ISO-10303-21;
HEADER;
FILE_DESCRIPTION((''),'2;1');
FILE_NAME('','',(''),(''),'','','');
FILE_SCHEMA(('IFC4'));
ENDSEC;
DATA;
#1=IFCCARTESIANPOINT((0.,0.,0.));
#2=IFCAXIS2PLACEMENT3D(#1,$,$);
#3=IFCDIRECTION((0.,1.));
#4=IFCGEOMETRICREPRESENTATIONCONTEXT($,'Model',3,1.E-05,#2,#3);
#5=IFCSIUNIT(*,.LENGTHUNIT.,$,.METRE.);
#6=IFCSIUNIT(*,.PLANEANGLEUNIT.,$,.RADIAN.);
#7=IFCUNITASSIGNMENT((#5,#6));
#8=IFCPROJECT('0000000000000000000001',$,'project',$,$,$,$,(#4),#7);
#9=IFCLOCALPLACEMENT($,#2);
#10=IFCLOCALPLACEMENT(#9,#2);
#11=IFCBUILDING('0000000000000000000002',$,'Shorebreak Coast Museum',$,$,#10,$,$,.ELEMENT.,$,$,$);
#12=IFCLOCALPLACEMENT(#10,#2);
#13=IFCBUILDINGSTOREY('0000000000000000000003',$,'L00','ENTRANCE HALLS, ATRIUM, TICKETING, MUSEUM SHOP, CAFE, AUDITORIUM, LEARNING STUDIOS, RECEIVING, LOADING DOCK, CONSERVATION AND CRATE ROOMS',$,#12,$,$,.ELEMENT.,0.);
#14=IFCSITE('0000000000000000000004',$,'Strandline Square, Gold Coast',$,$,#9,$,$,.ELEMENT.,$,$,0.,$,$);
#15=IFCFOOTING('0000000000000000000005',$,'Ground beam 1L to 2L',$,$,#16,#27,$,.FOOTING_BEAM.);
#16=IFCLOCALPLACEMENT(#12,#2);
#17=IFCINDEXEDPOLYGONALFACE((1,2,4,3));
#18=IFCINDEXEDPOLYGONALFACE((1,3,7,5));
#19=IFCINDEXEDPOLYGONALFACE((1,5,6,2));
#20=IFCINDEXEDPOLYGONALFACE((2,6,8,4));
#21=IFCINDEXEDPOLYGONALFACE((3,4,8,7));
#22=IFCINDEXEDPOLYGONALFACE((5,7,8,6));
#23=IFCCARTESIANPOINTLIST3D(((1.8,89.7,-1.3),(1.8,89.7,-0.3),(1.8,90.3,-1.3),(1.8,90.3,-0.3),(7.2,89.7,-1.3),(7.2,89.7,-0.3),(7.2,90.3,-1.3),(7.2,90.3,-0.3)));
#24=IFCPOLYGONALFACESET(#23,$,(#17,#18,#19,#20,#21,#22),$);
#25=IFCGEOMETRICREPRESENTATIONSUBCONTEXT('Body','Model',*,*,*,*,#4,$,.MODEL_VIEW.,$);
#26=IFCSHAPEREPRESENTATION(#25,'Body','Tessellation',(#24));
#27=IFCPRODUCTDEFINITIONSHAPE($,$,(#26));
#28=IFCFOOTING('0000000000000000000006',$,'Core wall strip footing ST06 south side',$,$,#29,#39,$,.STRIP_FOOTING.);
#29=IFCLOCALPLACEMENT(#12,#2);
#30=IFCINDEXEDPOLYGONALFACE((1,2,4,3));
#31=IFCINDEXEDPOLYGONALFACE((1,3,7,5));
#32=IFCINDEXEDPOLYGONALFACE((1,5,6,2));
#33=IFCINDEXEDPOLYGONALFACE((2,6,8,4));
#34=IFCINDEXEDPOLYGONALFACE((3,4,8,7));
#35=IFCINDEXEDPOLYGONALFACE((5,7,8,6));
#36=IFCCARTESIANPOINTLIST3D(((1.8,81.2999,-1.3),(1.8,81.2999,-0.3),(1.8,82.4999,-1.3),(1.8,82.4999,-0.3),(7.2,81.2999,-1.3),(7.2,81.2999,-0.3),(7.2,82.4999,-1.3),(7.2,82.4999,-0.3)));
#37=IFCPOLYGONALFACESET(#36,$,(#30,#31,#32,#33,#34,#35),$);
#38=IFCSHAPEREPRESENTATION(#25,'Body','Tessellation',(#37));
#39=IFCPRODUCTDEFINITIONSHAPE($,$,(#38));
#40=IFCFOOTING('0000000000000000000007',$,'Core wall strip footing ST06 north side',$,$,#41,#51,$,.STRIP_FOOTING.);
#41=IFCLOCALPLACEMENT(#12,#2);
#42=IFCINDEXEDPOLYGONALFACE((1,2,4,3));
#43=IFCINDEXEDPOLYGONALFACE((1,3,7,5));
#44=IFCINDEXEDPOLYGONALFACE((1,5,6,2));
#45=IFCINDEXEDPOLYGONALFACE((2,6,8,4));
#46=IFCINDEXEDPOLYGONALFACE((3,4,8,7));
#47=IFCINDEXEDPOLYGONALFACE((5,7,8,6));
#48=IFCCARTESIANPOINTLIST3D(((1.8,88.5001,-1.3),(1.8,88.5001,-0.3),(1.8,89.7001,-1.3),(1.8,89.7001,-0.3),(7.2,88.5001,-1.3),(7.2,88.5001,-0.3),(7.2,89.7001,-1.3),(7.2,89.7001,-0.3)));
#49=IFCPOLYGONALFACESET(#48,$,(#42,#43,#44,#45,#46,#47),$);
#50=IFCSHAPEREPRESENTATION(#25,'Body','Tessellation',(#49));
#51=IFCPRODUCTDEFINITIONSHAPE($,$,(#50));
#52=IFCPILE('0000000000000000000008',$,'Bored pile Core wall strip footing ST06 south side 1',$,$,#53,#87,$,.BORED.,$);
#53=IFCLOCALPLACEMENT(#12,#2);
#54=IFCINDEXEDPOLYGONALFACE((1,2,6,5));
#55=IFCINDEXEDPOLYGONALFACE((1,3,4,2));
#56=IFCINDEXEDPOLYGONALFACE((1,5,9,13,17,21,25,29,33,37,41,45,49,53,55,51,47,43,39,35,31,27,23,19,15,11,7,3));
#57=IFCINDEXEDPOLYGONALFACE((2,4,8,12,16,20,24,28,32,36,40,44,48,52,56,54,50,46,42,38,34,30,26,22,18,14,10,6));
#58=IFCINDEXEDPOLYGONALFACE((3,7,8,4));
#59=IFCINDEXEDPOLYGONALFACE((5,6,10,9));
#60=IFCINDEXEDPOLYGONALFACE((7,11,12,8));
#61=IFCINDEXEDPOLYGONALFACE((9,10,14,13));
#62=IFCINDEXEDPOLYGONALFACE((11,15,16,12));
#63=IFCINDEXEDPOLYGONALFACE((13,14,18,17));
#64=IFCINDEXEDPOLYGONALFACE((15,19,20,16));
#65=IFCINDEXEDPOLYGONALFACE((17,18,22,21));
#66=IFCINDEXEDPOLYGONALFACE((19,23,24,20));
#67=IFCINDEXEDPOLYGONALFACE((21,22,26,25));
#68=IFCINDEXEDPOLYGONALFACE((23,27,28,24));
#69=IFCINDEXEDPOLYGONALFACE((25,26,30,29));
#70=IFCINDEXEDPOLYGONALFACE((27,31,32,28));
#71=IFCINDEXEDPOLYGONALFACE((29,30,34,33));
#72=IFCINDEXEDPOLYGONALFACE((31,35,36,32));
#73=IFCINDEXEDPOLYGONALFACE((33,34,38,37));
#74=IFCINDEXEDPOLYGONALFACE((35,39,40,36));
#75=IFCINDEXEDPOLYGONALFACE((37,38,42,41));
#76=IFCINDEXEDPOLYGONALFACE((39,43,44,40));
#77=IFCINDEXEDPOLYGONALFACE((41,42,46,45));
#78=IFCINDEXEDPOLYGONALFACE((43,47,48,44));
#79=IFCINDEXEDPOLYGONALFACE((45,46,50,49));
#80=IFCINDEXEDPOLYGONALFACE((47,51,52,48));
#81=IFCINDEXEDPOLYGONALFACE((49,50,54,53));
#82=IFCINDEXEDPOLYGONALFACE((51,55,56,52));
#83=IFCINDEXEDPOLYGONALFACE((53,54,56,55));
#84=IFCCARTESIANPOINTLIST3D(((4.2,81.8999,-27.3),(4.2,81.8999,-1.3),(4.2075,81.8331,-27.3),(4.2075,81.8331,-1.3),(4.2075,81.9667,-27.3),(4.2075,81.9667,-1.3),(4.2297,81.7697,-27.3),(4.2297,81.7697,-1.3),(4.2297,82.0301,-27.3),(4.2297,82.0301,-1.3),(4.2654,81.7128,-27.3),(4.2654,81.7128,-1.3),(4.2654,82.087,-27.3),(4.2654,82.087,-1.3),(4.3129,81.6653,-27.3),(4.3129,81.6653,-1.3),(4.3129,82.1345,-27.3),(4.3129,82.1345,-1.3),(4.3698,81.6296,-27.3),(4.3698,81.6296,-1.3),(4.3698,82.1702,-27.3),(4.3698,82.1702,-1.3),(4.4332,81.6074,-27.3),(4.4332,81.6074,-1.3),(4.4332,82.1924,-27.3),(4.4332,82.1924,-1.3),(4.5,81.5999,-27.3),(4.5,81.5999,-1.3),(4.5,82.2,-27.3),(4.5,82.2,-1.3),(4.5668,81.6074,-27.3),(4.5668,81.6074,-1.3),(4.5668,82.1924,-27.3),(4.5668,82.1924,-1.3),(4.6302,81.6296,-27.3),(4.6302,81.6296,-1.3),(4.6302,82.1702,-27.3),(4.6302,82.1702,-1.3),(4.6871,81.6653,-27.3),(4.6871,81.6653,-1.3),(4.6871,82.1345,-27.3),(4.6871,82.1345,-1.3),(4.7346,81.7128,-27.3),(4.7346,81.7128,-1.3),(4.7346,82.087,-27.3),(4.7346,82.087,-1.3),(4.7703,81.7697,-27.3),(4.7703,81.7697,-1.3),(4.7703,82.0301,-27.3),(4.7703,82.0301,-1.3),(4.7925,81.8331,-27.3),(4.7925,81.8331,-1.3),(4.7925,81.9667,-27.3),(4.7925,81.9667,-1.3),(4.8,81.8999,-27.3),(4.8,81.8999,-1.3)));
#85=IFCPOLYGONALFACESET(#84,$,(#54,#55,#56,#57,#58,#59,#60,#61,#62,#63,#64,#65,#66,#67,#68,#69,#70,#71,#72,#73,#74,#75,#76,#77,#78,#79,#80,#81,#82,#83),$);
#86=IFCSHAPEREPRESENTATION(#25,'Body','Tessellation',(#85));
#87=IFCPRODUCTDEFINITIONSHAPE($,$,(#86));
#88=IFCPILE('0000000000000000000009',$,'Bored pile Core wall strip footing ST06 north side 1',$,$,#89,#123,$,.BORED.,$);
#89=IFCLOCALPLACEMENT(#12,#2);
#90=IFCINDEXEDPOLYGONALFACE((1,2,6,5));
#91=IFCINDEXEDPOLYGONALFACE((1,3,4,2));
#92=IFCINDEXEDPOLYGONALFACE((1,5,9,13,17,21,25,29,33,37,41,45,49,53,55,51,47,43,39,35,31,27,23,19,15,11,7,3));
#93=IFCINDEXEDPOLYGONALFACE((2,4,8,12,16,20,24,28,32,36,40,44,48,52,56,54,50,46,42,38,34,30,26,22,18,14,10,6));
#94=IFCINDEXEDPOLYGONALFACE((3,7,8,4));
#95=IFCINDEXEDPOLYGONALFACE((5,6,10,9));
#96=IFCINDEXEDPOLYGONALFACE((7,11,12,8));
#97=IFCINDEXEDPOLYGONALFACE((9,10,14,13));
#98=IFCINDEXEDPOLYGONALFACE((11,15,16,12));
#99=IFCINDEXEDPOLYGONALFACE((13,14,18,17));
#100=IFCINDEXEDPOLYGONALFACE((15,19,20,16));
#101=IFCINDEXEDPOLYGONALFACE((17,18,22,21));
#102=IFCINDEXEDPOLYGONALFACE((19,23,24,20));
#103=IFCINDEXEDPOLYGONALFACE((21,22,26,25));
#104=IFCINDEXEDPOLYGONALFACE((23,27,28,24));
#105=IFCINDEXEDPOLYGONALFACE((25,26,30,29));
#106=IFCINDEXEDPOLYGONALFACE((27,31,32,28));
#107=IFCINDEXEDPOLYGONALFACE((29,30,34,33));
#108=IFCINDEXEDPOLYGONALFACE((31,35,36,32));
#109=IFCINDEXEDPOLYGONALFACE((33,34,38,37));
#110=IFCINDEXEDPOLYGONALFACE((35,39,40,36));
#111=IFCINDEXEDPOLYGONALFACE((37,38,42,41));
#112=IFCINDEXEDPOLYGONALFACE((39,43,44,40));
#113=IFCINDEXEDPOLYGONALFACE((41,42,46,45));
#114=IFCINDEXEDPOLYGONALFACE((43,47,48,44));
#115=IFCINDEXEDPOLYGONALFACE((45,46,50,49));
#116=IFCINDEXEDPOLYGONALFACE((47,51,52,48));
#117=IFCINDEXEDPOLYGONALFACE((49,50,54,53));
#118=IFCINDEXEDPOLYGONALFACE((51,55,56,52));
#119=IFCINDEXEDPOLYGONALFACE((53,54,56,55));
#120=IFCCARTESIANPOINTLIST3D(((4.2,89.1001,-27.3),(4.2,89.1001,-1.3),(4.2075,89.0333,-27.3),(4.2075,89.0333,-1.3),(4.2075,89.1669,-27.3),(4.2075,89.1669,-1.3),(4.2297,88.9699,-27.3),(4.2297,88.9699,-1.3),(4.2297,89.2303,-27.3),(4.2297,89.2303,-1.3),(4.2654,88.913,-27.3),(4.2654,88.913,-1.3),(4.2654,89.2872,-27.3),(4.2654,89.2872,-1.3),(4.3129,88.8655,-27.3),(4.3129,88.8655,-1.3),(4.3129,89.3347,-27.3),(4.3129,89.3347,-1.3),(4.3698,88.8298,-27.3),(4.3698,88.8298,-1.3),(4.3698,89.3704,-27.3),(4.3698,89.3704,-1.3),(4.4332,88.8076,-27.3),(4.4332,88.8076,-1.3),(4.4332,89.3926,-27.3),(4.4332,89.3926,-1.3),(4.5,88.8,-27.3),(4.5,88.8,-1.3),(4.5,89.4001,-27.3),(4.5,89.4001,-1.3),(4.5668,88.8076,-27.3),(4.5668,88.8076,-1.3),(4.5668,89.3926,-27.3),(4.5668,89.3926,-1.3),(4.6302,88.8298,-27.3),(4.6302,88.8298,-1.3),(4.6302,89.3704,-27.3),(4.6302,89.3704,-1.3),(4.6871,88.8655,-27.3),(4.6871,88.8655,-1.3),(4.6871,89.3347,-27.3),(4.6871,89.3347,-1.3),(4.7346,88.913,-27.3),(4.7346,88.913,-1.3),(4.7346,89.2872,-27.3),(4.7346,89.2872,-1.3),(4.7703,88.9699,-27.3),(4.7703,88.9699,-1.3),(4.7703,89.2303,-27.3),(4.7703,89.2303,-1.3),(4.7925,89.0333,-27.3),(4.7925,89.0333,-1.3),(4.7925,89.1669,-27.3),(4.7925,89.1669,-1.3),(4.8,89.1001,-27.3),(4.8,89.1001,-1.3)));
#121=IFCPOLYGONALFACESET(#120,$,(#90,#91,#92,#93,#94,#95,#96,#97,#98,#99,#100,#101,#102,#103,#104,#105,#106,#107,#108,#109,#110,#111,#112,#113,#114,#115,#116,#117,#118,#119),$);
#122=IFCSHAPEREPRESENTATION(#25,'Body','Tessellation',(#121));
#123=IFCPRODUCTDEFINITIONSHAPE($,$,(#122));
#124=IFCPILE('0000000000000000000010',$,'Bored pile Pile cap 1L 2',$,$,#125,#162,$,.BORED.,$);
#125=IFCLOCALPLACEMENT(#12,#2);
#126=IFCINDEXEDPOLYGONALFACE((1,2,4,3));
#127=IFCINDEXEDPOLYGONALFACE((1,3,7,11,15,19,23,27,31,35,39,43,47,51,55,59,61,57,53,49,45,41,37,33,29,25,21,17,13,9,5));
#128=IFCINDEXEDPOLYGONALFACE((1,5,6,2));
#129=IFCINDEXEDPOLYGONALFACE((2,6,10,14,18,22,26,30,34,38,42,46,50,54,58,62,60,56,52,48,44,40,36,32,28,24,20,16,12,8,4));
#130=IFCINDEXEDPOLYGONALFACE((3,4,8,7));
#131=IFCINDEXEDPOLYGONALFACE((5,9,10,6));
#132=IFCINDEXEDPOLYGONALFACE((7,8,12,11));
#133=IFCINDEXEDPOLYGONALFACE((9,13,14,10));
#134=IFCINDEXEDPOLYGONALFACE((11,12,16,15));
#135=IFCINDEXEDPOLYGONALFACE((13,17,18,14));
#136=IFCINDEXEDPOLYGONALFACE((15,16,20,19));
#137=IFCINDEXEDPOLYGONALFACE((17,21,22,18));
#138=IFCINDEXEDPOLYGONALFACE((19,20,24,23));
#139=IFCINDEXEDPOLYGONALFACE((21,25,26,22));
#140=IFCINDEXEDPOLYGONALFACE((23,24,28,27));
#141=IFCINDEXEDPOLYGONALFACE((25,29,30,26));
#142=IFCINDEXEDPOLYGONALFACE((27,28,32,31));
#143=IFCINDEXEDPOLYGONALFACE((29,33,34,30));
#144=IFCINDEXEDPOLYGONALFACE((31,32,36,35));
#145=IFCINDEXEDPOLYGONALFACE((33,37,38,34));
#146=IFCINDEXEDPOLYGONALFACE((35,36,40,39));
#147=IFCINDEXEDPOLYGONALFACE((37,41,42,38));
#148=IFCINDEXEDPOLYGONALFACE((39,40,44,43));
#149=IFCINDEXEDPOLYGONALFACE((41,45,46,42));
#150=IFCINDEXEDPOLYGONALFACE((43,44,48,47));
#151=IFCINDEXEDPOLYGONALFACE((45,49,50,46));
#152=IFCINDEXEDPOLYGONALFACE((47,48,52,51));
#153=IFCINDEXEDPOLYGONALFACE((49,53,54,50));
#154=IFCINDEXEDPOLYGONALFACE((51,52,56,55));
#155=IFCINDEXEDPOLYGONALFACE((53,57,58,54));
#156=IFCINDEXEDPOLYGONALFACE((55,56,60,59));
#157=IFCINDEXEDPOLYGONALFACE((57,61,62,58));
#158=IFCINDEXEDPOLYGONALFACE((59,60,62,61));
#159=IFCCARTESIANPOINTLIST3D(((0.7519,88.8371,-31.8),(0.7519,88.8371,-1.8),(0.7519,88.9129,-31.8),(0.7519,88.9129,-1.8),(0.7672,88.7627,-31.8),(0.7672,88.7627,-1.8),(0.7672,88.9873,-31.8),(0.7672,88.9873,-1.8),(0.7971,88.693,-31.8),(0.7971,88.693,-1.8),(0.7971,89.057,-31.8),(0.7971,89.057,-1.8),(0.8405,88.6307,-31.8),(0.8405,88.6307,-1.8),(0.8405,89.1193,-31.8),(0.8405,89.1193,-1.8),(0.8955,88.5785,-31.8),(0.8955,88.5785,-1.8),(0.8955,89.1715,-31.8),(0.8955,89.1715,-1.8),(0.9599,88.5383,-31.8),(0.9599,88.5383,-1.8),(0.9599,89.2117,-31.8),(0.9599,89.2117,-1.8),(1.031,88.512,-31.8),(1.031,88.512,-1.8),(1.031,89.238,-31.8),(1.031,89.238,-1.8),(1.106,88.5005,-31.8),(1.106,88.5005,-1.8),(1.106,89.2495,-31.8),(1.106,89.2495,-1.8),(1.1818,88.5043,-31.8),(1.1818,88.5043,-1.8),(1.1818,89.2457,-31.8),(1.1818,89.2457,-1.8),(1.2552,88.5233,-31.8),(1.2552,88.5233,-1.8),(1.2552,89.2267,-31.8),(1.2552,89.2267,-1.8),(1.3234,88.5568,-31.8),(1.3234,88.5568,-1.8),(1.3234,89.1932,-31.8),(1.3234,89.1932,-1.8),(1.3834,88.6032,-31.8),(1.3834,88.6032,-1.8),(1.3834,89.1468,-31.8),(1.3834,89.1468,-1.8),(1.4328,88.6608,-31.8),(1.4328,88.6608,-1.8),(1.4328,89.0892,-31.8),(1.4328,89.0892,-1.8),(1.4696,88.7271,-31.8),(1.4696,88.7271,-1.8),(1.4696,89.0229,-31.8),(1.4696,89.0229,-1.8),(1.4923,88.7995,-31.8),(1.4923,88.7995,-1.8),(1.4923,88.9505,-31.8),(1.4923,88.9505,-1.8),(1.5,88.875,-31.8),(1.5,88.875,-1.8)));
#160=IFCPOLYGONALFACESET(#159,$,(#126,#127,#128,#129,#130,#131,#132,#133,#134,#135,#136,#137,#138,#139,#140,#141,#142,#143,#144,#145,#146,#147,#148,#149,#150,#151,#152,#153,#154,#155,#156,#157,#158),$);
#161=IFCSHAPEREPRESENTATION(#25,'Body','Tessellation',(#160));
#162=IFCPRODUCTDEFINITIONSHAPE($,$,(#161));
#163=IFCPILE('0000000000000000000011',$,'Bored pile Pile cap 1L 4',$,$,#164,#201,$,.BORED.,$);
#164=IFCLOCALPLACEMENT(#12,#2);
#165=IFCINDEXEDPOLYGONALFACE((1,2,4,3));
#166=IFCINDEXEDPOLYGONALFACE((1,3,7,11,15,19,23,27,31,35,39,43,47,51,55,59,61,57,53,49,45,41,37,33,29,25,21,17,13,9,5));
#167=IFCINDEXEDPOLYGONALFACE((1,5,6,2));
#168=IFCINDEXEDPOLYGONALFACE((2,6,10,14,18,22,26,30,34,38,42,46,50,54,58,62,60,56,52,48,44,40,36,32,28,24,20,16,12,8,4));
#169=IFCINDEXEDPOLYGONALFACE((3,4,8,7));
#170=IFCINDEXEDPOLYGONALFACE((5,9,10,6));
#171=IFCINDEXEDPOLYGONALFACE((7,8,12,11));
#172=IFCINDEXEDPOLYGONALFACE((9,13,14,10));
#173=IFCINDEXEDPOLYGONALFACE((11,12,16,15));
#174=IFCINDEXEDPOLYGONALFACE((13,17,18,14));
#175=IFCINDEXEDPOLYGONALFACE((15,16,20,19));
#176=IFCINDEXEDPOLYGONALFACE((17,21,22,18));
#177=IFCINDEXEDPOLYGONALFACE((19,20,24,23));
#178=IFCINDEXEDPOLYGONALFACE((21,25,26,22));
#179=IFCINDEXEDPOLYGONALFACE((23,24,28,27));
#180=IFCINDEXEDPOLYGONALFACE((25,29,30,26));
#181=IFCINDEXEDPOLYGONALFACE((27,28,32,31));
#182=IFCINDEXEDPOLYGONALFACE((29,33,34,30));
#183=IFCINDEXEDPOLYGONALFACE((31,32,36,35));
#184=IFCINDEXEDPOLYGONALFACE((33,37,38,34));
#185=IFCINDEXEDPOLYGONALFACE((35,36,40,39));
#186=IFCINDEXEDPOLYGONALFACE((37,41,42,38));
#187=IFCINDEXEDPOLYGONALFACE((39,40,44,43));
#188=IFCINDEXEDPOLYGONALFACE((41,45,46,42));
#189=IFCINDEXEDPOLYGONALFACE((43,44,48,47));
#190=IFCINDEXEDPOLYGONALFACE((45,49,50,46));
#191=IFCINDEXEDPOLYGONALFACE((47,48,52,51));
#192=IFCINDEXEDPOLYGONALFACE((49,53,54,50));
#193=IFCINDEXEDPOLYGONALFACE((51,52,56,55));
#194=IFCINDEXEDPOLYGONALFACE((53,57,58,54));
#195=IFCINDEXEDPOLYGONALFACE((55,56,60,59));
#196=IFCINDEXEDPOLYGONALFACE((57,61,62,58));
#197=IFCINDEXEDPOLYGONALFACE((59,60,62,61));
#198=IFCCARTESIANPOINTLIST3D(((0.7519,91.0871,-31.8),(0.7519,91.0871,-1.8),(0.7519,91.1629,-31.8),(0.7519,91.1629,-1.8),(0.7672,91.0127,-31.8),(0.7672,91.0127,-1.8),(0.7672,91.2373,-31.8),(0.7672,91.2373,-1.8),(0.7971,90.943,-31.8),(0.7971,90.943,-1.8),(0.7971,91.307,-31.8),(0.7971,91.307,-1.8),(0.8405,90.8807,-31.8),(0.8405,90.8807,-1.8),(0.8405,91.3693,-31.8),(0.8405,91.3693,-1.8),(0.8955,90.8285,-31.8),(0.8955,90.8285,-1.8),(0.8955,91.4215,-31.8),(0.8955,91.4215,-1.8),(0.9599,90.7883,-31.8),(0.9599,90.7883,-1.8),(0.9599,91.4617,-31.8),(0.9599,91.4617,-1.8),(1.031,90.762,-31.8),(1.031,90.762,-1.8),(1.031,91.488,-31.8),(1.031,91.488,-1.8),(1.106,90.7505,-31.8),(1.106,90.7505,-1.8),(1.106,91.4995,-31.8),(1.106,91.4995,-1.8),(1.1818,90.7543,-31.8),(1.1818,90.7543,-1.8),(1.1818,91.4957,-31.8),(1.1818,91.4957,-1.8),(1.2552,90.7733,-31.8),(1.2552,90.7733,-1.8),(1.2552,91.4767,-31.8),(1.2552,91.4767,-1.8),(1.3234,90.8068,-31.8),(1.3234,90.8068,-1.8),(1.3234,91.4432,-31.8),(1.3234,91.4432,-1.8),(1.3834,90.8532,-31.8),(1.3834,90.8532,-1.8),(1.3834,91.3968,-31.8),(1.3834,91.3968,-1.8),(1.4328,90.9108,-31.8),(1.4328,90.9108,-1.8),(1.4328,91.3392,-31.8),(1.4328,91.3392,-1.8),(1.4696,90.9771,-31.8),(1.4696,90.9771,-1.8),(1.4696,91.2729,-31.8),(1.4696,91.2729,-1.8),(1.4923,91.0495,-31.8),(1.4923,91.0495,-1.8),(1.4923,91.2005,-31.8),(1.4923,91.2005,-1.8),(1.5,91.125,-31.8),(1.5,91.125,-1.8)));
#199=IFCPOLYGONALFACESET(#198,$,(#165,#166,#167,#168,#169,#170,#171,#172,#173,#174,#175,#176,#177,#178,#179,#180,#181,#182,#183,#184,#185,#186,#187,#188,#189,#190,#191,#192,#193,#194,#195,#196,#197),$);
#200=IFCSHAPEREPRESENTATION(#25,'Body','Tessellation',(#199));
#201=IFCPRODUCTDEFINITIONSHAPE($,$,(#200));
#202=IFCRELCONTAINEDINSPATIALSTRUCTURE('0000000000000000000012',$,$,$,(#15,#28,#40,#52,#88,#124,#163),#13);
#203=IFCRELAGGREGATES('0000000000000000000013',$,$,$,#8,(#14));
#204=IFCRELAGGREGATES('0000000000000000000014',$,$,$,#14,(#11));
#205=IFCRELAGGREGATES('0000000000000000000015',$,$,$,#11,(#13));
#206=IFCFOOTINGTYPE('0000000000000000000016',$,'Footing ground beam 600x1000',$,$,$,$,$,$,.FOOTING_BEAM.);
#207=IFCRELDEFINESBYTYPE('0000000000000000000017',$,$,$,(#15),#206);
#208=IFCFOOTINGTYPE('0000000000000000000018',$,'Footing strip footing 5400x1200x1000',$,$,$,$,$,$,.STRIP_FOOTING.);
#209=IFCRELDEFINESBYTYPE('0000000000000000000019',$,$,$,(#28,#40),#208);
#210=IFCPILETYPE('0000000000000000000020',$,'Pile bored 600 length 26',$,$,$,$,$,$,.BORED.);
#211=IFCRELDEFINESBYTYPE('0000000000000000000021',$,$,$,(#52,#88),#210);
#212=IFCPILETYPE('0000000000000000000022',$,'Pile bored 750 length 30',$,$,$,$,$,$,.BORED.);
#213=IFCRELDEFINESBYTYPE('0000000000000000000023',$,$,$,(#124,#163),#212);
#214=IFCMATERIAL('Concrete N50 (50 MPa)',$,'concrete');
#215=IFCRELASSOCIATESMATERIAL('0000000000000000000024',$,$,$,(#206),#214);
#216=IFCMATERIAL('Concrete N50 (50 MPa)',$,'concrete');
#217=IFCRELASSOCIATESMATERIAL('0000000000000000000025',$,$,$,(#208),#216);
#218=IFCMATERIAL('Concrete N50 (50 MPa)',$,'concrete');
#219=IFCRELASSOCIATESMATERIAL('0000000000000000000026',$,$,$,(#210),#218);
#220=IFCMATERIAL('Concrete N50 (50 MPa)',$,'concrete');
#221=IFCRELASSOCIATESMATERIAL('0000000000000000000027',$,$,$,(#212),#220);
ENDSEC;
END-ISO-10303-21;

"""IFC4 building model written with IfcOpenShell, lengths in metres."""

from ifc_helpers import new_model, si_unit, direction, frame, origin, origin_2d, place, context, subcontext, project, spatial, rectangle, circle, extrude, material, material_profile, profile_set, type_object, element, save


model = new_model("IFC4")

# Units and contexts
model_context = context("Model", 3, precision=1e-05, world=origin(), true_north=direction((0.0, 1.0)))
body_context = subcontext(model_context, "Body", "Model", "MODEL_VIEW")
ifc_project = project(units=[si_unit("LENGTHUNIT", "METRE"), si_unit("PLANEANGLEUNIT", "RADIAN")], contexts=[model_context])

# Site, building, storey
site_placement = place(None, origin())
site = spatial("IfcSite", under=ifc_project, at=site_placement, Name="Strandline Square, Gold Coast", CompositionType="ELEMENT", RefElevation=0.0)
building_placement = place(site_placement, origin())
building = spatial("IfcBuilding", under=site, at=building_placement, Name="Shorebreak Coast Museum", CompositionType="ELEMENT")
storey_placement = place(building_placement, origin())
storey = spatial("IfcBuildingStorey", under=building, at=storey_placement, Name="L00", Description="ENTRANCE HALLS, ATRIUM, TICKETING, MUSEUM SHOP, CAFE, AUDITORIUM, LEARNING STUDIOS, RECEIVING, LOADING DOCK, CONSERVATION AND CRATE ROOMS", CompositionType="ELEMENT", Elevation=0.0)

# Footings
ifc_material_1 = material(Name="Concrete N50 (50 MPa)", Category="concrete")
footing_type_1 = type_object("IfcFootingType", Name="Footing ground beam 600x1000", PredefinedType="FOOTING_BEAM", material=ifc_material_1)
footing_placement = place(storey_placement, frame((4.5, 90.0, -1.3), z_axis=(0.0, 0.0, 1.0), x_axis=(1.0, 0.0, 0.0)))
element("IfcFooting", 1, at=footing_placement, inside=storey, type_object=footing_type_1, Name="Ground beam 1L to 2L", PredefinedType="FOOTING_BEAM", context=body_context, shape_type="SweptSolid", body=[
    extrude(rectangle(XDim=5.3999, YDim=0.6001, at=origin_2d()), origin(), (0.0, 0.0, 1.0), 1.0),
])
ifc_material_2 = material(Name="Concrete N50 (50 MPa)", Category="concrete")
footing_type_2 = type_object("IfcFootingType", Name="Footing strip footing 5400x1200x1000", PredefinedType="STRIP_FOOTING", material=ifc_material_2)
for number, where, z_axis, x_axis, name in (
    (2, (4.5, 81.8999, -1.3), (0.0, 0.0, 1.0), (1.0, 0.0, 0.0), "Core wall strip footing ST06 south side"),
    (3, (4.5, 89.1001, -1.3), (0.0, 0.0, 1.0), (1.0, 0.0, 0.0), "Core wall strip footing ST06 north side"),
):
    element("IfcFooting", number, at=place(storey_placement, frame(where, z_axis=z_axis, x_axis=x_axis)), inside=storey, type_object=footing_type_2, Name=name, PredefinedType="STRIP_FOOTING", context=body_context, shape_type="SweptSolid", body=[
        extrude(rectangle(XDim=5.3999, YDim=1.2, at=origin_2d()), origin(), (0.0, 0.0, 1.0), 1.0),
    ])

# Piles
ifc_material_3 = material(Name="Concrete N50 (50 MPa)", Category="concrete")
ifc_material_profile_1 = material_profile(ifc_material_3, circle(Radius=0.3, at=origin_2d()), Name="Pile bored 600 length 26")
ifc_profile_set_1 = profile_set([ifc_material_profile_1], Name="Concrete N50 (50 MPa)")
pile_type_1 = type_object("IfcPileType", Name="Pile bored 600 length 26", PredefinedType="BORED", material=ifc_profile_set_1)
for number, where, z_axis, x_axis, name in (
    (4, (4.5, 81.8999, -1.3), (0.0, 0.0, -1.0), (1.0, 0.0, 0.0), "Bored pile Core wall strip footing ST06 south side 1"),
    (5, (4.5, 89.1001, -1.3), (0.0, 0.0, -1.0), (1.0, 0.0, 0.0), "Bored pile Core wall strip footing ST06 north side 1"),
):
    element("IfcPile", number, at=place(storey_placement, frame(where, z_axis=z_axis, x_axis=x_axis)), inside=storey, type_object=pile_type_1, Name=name, PredefinedType="BORED", context=body_context, shape_type="SweptSolid", body=[
        extrude(circle(Radius=0.3, at=origin_2d()), origin(), (0.0, 0.0, 1.0), 26.0),
    ])
ifc_material_4 = material(Name="Concrete N50 (50 MPa)", Category="concrete")
ifc_material_profile_2 = material_profile(ifc_material_4, circle(Radius=0.375, at=origin_2d()), Name="Pile bored 750 length 30")
ifc_profile_set_2 = profile_set([ifc_material_profile_2], Name="Concrete N50 (50 MPa)")
pile_type_2 = type_object("IfcPileType", Name="Pile bored 750 length 30", PredefinedType="BORED", material=ifc_profile_set_2)
for number, where, z_axis, x_axis, name in (
    (6, (1.125, 88.875, -1.8), (0.0, 0.0, -1.0), (1.0, 0.0, 0.0), "Bored pile Pile cap 1L 2"),
    (7, (1.125, 91.125, -1.8), (0.0, 0.0, -1.0), (1.0, 0.0, 0.0), "Bored pile Pile cap 1L 4"),
):
    element("IfcPile", number, at=place(storey_placement, frame(where, z_axis=z_axis, x_axis=x_axis)), inside=storey, type_object=pile_type_2, Name=name, PredefinedType="BORED", context=body_context, shape_type="SweptSolid", body=[
        extrude(circle(Radius=0.375, at=origin_2d()), origin(), (0.0, 0.0, 1.0), 30.0),
    ])

save(model, "model.ifc")
